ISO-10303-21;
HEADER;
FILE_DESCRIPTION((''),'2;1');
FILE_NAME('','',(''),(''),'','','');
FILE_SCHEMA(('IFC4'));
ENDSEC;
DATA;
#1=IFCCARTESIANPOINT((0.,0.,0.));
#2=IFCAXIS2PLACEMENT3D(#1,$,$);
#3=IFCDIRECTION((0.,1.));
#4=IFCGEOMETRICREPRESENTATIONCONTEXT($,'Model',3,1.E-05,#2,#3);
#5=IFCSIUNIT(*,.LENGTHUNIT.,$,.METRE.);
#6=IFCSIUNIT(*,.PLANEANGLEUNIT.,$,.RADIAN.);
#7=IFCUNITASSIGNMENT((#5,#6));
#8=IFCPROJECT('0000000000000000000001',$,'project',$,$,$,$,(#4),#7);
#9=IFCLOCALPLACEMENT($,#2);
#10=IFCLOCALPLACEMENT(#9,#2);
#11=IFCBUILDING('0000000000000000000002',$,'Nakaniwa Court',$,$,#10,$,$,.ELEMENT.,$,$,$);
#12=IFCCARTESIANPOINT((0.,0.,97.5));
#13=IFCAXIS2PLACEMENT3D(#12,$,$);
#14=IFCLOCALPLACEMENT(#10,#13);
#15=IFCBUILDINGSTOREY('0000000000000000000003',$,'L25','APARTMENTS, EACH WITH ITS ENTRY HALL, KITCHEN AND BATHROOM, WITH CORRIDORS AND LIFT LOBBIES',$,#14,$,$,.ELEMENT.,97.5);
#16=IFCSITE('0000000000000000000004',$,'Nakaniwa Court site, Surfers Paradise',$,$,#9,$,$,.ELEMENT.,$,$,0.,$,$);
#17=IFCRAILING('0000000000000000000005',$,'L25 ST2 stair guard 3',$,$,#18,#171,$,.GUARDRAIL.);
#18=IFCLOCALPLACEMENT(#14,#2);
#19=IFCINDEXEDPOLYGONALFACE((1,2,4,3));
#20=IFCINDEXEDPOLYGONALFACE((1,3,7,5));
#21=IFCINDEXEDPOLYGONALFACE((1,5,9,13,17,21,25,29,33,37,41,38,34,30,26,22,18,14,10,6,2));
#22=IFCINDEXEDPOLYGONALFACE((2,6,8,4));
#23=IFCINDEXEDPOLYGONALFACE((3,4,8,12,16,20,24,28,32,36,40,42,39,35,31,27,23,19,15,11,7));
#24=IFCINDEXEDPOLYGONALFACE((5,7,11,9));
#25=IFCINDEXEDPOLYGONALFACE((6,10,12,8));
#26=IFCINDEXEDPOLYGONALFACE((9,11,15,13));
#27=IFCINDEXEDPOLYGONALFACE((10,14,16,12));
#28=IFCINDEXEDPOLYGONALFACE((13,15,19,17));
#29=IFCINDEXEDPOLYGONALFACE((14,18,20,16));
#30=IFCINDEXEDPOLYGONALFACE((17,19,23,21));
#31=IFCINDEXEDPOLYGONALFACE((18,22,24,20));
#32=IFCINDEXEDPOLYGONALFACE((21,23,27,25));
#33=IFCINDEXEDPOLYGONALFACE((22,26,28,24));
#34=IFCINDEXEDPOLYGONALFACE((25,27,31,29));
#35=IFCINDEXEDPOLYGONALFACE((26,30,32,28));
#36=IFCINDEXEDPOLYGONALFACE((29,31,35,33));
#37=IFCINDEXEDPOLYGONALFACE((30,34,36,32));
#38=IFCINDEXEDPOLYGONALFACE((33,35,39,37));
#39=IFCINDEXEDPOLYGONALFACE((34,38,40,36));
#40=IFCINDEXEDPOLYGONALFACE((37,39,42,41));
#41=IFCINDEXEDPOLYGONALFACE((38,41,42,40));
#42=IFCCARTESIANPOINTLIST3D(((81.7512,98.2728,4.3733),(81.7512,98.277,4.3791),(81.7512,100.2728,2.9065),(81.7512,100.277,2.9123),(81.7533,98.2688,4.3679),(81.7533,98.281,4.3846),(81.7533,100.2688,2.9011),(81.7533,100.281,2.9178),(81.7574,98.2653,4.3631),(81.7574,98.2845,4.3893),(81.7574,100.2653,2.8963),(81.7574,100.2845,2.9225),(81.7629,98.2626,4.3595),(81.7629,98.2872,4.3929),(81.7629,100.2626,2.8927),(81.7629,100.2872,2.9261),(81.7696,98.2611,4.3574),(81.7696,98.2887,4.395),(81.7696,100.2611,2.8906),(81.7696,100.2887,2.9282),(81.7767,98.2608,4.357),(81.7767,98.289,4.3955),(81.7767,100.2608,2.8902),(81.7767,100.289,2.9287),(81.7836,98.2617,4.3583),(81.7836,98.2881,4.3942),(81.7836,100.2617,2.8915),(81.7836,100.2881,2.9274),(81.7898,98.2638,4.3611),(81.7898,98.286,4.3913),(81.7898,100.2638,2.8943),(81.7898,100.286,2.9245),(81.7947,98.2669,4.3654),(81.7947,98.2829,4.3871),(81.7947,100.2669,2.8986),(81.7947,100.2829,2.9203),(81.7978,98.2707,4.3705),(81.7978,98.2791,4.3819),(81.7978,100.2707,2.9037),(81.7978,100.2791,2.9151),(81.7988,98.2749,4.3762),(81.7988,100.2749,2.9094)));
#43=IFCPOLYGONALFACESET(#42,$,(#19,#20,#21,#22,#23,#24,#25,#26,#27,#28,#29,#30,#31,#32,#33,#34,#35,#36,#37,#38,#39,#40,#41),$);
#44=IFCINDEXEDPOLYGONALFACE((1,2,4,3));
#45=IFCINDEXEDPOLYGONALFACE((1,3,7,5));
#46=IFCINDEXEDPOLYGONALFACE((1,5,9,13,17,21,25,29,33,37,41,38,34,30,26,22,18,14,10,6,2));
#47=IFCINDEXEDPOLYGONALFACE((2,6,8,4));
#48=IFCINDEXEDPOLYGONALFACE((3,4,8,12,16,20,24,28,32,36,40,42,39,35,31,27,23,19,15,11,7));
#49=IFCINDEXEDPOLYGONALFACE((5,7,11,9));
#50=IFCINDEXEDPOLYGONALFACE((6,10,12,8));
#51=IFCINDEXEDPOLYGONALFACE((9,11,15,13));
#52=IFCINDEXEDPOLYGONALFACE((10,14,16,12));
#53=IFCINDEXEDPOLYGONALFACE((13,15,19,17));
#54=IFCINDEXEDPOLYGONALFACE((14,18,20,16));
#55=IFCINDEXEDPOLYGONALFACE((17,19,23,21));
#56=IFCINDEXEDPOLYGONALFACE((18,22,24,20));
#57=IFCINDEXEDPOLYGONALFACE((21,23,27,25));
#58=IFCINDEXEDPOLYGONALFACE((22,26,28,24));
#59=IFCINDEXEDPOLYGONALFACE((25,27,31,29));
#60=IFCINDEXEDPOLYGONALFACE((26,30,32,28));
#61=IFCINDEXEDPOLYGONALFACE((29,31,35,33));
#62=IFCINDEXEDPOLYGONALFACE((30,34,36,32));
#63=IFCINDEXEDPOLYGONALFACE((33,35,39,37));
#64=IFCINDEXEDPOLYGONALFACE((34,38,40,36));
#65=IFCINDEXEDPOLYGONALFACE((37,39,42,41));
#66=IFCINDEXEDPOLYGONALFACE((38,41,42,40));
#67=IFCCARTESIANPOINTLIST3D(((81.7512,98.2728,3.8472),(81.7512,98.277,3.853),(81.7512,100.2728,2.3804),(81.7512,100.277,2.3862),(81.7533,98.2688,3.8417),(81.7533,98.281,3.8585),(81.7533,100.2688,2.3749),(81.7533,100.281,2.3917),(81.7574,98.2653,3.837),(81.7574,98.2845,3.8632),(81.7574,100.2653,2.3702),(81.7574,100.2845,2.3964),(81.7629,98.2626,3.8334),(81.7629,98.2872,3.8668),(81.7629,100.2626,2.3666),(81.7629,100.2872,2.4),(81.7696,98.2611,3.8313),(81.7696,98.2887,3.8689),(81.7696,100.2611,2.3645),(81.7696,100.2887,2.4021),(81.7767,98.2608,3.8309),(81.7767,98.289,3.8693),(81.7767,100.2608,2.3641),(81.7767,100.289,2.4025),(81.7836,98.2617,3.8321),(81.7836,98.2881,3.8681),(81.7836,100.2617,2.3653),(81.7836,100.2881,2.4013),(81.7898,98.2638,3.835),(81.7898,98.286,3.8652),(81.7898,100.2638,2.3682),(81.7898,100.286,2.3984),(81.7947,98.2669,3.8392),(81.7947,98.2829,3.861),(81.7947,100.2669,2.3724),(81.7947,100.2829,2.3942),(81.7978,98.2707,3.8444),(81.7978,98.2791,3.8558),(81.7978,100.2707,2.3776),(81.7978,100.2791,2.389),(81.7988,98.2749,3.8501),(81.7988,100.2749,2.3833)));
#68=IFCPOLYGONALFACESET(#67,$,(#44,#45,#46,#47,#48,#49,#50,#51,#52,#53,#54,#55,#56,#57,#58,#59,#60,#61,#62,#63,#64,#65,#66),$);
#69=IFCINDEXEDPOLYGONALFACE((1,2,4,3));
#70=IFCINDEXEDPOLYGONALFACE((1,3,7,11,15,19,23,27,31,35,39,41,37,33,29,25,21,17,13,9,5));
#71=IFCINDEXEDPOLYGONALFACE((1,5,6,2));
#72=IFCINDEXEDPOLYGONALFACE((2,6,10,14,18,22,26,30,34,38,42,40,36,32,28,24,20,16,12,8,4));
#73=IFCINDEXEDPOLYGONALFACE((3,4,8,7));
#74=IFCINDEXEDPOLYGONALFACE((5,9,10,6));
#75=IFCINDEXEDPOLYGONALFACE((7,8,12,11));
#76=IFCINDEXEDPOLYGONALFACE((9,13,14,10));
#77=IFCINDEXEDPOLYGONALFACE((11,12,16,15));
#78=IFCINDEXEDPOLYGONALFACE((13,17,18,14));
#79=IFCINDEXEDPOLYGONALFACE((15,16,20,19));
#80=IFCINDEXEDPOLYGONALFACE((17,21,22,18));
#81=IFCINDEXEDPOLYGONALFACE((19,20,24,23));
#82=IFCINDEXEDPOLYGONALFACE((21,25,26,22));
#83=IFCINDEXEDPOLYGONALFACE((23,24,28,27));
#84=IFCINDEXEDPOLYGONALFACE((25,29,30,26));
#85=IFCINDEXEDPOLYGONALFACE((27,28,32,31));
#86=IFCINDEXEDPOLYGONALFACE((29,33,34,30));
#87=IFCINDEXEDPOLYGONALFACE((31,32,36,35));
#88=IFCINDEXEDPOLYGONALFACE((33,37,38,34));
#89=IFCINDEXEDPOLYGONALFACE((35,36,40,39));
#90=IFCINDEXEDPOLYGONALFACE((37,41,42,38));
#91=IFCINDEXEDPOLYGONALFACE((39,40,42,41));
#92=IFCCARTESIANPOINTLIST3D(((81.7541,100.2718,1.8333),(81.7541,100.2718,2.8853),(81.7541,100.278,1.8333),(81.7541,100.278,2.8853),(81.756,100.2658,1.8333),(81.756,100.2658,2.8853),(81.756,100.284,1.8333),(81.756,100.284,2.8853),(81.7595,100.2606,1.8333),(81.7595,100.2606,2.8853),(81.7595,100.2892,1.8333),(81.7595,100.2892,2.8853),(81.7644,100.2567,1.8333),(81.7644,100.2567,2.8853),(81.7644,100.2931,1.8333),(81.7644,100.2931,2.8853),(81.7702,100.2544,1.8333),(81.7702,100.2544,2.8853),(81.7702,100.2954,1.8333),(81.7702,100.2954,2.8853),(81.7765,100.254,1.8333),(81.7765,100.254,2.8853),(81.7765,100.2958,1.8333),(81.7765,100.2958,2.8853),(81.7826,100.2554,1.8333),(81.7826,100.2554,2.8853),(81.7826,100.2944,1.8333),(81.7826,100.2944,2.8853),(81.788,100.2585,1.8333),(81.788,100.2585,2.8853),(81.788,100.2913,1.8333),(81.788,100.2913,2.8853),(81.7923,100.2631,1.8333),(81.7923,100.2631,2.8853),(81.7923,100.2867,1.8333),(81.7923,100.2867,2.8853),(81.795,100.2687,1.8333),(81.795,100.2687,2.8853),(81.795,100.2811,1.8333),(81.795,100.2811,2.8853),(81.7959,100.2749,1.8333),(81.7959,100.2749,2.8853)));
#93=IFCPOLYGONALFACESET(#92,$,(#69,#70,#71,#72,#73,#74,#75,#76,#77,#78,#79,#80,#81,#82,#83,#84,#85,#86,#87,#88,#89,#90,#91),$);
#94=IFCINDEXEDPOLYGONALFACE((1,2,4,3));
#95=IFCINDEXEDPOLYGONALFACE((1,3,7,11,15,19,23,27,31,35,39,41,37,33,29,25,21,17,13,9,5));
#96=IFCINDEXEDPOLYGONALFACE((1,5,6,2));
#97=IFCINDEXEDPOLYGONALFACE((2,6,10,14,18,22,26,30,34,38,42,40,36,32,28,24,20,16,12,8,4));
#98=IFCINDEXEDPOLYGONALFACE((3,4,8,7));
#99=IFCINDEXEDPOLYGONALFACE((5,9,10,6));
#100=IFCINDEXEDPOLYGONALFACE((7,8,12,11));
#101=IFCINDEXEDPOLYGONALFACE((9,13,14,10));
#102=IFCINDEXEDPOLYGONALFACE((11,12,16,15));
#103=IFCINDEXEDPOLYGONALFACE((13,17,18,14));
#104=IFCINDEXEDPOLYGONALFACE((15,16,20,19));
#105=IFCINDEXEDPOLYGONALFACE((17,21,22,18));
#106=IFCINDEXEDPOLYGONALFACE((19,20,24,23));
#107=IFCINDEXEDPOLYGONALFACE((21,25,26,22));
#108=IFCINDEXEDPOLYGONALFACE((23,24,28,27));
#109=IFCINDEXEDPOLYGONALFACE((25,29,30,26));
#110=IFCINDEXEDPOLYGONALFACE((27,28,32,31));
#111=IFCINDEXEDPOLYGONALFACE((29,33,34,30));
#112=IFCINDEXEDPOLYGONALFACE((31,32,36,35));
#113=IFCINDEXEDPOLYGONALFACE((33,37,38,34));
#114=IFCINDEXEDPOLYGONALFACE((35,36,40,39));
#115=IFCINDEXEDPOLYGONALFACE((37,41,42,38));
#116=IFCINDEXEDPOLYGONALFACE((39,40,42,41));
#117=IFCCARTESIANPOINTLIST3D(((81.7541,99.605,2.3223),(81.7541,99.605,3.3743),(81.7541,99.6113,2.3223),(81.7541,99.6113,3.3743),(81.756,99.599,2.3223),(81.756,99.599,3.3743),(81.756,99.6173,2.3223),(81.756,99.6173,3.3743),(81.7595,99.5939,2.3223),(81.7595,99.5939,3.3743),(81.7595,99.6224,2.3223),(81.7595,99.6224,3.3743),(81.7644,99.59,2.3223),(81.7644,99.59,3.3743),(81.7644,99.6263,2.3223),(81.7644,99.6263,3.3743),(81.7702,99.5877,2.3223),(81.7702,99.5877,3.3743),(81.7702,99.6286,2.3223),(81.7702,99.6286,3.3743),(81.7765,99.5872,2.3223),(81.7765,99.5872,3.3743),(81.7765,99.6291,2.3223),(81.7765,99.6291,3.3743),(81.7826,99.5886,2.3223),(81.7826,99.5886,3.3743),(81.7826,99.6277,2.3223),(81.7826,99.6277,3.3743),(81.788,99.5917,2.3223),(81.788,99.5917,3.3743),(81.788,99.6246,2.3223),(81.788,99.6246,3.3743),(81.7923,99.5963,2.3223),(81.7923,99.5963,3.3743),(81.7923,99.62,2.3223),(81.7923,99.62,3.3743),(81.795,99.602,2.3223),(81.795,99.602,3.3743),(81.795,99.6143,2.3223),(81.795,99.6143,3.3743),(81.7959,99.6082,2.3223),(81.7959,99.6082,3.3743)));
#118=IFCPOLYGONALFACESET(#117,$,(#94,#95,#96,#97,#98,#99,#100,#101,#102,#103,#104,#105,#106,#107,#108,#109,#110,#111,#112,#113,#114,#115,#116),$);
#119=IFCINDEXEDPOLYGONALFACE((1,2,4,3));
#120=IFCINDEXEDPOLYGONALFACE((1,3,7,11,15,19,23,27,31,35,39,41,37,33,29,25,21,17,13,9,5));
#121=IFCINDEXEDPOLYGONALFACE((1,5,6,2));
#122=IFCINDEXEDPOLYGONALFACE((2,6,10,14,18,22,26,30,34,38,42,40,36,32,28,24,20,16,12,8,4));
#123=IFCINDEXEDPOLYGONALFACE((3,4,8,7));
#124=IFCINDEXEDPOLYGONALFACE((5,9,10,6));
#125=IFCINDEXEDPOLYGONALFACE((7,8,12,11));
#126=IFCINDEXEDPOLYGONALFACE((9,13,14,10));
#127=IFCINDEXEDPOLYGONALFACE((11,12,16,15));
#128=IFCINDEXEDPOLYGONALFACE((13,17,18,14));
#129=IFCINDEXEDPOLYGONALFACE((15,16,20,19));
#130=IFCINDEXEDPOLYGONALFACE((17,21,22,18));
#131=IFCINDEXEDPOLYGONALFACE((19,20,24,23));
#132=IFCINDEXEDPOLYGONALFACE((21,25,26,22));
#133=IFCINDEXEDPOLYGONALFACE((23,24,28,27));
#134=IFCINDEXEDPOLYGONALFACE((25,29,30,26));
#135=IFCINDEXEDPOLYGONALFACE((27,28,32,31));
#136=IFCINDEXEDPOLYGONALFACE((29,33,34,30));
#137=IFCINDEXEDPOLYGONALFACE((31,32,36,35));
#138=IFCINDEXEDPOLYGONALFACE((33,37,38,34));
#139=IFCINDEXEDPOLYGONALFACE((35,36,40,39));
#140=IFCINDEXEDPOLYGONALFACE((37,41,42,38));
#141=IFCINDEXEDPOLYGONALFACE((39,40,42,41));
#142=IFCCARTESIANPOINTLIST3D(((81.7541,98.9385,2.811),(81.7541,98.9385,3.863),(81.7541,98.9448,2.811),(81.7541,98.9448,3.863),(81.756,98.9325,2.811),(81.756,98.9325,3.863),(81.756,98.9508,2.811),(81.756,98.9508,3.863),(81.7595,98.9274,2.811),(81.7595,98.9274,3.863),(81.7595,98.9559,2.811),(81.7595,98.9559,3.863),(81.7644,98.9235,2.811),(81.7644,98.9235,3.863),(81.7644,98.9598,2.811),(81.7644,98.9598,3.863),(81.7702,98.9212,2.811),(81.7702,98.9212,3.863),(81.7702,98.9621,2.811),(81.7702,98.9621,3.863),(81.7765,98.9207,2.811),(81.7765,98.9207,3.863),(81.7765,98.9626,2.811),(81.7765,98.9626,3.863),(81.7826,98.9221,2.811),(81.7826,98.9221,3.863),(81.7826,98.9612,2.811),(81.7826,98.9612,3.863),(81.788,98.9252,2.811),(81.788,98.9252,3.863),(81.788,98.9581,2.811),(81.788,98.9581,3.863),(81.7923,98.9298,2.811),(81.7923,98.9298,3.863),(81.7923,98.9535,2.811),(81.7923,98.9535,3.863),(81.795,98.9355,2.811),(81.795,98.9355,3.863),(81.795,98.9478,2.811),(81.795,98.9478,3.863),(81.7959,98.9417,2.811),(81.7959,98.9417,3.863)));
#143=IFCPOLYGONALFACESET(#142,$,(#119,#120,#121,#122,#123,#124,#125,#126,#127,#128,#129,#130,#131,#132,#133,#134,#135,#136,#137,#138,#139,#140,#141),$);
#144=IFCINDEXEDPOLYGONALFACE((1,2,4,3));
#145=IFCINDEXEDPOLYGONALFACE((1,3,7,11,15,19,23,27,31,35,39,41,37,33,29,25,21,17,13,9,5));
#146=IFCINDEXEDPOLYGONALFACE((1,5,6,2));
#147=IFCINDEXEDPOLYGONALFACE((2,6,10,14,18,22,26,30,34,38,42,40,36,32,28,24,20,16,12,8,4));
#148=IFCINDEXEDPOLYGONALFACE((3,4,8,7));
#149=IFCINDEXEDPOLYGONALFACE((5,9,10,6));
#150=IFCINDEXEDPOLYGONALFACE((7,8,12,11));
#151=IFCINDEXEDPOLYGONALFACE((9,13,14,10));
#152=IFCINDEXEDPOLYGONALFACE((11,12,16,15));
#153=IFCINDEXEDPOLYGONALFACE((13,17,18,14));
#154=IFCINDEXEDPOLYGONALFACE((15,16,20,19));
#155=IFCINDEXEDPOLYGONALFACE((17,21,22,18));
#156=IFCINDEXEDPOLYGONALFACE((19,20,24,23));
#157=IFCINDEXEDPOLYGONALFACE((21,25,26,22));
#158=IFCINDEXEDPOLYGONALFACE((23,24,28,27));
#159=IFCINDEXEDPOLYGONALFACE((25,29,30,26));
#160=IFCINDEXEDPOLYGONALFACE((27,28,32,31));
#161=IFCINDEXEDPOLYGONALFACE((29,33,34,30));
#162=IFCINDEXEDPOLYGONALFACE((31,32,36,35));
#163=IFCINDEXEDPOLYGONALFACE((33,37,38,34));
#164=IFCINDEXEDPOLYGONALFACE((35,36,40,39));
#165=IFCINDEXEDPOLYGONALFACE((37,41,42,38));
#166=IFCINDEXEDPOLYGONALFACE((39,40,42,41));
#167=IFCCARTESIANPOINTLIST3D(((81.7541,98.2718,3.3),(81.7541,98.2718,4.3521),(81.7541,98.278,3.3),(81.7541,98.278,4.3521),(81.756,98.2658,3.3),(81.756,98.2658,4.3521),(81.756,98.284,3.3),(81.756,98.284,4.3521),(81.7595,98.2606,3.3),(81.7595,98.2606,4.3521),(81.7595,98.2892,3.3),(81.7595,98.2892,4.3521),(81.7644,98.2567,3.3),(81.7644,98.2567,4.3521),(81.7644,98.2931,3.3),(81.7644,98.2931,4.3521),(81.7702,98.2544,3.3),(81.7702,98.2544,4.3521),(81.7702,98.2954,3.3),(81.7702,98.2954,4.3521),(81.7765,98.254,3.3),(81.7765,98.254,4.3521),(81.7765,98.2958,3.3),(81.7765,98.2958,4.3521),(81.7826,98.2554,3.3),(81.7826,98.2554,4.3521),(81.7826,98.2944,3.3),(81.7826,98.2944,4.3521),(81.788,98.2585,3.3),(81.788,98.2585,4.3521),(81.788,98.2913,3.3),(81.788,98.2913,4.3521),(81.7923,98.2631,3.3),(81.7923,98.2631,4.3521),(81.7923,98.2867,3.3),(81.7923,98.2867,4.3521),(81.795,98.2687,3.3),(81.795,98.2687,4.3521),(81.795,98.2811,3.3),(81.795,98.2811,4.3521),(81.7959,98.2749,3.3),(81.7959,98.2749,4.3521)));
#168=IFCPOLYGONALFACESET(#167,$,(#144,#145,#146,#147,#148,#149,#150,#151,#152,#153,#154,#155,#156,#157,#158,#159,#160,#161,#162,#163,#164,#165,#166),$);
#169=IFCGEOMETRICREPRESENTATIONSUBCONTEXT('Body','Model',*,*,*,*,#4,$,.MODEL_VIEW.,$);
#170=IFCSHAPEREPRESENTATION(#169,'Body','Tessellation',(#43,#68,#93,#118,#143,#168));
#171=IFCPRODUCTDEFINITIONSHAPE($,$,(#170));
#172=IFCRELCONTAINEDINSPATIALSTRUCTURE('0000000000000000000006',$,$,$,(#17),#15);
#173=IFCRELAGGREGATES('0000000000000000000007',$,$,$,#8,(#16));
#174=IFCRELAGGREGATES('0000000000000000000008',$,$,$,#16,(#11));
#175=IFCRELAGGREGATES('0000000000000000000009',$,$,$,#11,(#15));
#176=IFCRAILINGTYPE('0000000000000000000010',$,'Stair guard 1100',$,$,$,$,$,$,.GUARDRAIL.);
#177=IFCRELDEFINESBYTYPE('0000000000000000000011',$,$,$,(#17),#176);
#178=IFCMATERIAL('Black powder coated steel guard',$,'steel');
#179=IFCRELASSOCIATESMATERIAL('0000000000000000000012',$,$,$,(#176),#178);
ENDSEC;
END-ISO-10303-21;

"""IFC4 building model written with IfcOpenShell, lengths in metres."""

from ifc_helpers import new_model, si_unit, direction, frame, origin, origin_2d, place, context, subcontext, project, spatial, circle, extrude, material, type_object, element, save


model = new_model("IFC4")

# Units and contexts
model_context = context("Model", 3, precision=1e-05, world=origin(), true_north=direction((0.0, 1.0)))
body_context = subcontext(model_context, "Body", "Model", "MODEL_VIEW")
ifc_project = project(units=[si_unit("LENGTHUNIT", "METRE"), si_unit("PLANEANGLEUNIT", "RADIAN")], contexts=[model_context])

# Site, building, storey
site_placement = place(None, origin())
site = spatial("IfcSite", under=ifc_project, at=site_placement, Name="Nakaniwa Court site, Surfers Paradise", CompositionType="ELEMENT", RefElevation=0.0)
building_placement = place(site_placement, origin())
building = spatial("IfcBuilding", under=site, at=building_placement, Name="Nakaniwa Court", CompositionType="ELEMENT")
storey_placement = place(building_placement, frame((0.0, 0.0, 97.5)))
storey = spatial("IfcBuildingStorey", under=building, at=storey_placement, Name="L25", Description="APARTMENTS, EACH WITH ITS ENTRY HALL, KITCHEN AND BATHROOM, WITH CORRIDORS AND LIFT LOBBIES", CompositionType="ELEMENT", Elevation=97.5)

# Railing
ifc_material_1 = material(Name="Black powder coated steel guard", Category="steel")
railing_type_1 = type_object("IfcRailingType", Name="Stair guard 1100", PredefinedType="GUARDRAIL", material=ifc_material_1)
railing_1_placement = place(storey_placement, frame((81.7749, 100.2749, 1.8333)))
element("IfcRailing", 1, at=railing_1_placement, inside=storey, type_object=railing_type_1, Name="L25 ST2 stair guard 3", PredefinedType="GUARDRAIL", context=body_context, shape_type="SweptSolid", body=[
    extrude(circle(Radius=0.0239, at=origin_2d()), frame((0.0, 0.0, 1.0762), z_axis=(0.0, -0.80638, 0.591398), x_axis=(1.0, 0.0, 0.0)), (0.0, 0.0, 1.0), 2.4802),
    extrude(circle(Radius=0.0239, at=origin_2d()), frame((0.0, 0.0, 0.55), z_axis=(0.0, -0.80638, 0.591398), x_axis=(1.0, 0.0, 0.0)), (0.0, 0.0, 1.0), 2.4802),
    extrude(circle(Radius=0.021, at=origin_2d()), origin(), (0.0, 0.0, 1.0), 1.052),
    extrude(circle(Radius=0.021, at=origin_2d()), frame((0.0, -0.6667, 0.489)), (0.0, 0.0, 1.0), 1.052),
    extrude(circle(Radius=0.021, at=origin_2d()), frame((0.0, -1.3333, 0.9778)), (0.0, 0.0, 1.0), 1.052),
    extrude(circle(Radius=0.021, at=origin_2d()), frame((0.0, -2.0, 1.4668)), (0.0, 0.0, 1.0), 1.052),
])

save(model, "model.ifc")
